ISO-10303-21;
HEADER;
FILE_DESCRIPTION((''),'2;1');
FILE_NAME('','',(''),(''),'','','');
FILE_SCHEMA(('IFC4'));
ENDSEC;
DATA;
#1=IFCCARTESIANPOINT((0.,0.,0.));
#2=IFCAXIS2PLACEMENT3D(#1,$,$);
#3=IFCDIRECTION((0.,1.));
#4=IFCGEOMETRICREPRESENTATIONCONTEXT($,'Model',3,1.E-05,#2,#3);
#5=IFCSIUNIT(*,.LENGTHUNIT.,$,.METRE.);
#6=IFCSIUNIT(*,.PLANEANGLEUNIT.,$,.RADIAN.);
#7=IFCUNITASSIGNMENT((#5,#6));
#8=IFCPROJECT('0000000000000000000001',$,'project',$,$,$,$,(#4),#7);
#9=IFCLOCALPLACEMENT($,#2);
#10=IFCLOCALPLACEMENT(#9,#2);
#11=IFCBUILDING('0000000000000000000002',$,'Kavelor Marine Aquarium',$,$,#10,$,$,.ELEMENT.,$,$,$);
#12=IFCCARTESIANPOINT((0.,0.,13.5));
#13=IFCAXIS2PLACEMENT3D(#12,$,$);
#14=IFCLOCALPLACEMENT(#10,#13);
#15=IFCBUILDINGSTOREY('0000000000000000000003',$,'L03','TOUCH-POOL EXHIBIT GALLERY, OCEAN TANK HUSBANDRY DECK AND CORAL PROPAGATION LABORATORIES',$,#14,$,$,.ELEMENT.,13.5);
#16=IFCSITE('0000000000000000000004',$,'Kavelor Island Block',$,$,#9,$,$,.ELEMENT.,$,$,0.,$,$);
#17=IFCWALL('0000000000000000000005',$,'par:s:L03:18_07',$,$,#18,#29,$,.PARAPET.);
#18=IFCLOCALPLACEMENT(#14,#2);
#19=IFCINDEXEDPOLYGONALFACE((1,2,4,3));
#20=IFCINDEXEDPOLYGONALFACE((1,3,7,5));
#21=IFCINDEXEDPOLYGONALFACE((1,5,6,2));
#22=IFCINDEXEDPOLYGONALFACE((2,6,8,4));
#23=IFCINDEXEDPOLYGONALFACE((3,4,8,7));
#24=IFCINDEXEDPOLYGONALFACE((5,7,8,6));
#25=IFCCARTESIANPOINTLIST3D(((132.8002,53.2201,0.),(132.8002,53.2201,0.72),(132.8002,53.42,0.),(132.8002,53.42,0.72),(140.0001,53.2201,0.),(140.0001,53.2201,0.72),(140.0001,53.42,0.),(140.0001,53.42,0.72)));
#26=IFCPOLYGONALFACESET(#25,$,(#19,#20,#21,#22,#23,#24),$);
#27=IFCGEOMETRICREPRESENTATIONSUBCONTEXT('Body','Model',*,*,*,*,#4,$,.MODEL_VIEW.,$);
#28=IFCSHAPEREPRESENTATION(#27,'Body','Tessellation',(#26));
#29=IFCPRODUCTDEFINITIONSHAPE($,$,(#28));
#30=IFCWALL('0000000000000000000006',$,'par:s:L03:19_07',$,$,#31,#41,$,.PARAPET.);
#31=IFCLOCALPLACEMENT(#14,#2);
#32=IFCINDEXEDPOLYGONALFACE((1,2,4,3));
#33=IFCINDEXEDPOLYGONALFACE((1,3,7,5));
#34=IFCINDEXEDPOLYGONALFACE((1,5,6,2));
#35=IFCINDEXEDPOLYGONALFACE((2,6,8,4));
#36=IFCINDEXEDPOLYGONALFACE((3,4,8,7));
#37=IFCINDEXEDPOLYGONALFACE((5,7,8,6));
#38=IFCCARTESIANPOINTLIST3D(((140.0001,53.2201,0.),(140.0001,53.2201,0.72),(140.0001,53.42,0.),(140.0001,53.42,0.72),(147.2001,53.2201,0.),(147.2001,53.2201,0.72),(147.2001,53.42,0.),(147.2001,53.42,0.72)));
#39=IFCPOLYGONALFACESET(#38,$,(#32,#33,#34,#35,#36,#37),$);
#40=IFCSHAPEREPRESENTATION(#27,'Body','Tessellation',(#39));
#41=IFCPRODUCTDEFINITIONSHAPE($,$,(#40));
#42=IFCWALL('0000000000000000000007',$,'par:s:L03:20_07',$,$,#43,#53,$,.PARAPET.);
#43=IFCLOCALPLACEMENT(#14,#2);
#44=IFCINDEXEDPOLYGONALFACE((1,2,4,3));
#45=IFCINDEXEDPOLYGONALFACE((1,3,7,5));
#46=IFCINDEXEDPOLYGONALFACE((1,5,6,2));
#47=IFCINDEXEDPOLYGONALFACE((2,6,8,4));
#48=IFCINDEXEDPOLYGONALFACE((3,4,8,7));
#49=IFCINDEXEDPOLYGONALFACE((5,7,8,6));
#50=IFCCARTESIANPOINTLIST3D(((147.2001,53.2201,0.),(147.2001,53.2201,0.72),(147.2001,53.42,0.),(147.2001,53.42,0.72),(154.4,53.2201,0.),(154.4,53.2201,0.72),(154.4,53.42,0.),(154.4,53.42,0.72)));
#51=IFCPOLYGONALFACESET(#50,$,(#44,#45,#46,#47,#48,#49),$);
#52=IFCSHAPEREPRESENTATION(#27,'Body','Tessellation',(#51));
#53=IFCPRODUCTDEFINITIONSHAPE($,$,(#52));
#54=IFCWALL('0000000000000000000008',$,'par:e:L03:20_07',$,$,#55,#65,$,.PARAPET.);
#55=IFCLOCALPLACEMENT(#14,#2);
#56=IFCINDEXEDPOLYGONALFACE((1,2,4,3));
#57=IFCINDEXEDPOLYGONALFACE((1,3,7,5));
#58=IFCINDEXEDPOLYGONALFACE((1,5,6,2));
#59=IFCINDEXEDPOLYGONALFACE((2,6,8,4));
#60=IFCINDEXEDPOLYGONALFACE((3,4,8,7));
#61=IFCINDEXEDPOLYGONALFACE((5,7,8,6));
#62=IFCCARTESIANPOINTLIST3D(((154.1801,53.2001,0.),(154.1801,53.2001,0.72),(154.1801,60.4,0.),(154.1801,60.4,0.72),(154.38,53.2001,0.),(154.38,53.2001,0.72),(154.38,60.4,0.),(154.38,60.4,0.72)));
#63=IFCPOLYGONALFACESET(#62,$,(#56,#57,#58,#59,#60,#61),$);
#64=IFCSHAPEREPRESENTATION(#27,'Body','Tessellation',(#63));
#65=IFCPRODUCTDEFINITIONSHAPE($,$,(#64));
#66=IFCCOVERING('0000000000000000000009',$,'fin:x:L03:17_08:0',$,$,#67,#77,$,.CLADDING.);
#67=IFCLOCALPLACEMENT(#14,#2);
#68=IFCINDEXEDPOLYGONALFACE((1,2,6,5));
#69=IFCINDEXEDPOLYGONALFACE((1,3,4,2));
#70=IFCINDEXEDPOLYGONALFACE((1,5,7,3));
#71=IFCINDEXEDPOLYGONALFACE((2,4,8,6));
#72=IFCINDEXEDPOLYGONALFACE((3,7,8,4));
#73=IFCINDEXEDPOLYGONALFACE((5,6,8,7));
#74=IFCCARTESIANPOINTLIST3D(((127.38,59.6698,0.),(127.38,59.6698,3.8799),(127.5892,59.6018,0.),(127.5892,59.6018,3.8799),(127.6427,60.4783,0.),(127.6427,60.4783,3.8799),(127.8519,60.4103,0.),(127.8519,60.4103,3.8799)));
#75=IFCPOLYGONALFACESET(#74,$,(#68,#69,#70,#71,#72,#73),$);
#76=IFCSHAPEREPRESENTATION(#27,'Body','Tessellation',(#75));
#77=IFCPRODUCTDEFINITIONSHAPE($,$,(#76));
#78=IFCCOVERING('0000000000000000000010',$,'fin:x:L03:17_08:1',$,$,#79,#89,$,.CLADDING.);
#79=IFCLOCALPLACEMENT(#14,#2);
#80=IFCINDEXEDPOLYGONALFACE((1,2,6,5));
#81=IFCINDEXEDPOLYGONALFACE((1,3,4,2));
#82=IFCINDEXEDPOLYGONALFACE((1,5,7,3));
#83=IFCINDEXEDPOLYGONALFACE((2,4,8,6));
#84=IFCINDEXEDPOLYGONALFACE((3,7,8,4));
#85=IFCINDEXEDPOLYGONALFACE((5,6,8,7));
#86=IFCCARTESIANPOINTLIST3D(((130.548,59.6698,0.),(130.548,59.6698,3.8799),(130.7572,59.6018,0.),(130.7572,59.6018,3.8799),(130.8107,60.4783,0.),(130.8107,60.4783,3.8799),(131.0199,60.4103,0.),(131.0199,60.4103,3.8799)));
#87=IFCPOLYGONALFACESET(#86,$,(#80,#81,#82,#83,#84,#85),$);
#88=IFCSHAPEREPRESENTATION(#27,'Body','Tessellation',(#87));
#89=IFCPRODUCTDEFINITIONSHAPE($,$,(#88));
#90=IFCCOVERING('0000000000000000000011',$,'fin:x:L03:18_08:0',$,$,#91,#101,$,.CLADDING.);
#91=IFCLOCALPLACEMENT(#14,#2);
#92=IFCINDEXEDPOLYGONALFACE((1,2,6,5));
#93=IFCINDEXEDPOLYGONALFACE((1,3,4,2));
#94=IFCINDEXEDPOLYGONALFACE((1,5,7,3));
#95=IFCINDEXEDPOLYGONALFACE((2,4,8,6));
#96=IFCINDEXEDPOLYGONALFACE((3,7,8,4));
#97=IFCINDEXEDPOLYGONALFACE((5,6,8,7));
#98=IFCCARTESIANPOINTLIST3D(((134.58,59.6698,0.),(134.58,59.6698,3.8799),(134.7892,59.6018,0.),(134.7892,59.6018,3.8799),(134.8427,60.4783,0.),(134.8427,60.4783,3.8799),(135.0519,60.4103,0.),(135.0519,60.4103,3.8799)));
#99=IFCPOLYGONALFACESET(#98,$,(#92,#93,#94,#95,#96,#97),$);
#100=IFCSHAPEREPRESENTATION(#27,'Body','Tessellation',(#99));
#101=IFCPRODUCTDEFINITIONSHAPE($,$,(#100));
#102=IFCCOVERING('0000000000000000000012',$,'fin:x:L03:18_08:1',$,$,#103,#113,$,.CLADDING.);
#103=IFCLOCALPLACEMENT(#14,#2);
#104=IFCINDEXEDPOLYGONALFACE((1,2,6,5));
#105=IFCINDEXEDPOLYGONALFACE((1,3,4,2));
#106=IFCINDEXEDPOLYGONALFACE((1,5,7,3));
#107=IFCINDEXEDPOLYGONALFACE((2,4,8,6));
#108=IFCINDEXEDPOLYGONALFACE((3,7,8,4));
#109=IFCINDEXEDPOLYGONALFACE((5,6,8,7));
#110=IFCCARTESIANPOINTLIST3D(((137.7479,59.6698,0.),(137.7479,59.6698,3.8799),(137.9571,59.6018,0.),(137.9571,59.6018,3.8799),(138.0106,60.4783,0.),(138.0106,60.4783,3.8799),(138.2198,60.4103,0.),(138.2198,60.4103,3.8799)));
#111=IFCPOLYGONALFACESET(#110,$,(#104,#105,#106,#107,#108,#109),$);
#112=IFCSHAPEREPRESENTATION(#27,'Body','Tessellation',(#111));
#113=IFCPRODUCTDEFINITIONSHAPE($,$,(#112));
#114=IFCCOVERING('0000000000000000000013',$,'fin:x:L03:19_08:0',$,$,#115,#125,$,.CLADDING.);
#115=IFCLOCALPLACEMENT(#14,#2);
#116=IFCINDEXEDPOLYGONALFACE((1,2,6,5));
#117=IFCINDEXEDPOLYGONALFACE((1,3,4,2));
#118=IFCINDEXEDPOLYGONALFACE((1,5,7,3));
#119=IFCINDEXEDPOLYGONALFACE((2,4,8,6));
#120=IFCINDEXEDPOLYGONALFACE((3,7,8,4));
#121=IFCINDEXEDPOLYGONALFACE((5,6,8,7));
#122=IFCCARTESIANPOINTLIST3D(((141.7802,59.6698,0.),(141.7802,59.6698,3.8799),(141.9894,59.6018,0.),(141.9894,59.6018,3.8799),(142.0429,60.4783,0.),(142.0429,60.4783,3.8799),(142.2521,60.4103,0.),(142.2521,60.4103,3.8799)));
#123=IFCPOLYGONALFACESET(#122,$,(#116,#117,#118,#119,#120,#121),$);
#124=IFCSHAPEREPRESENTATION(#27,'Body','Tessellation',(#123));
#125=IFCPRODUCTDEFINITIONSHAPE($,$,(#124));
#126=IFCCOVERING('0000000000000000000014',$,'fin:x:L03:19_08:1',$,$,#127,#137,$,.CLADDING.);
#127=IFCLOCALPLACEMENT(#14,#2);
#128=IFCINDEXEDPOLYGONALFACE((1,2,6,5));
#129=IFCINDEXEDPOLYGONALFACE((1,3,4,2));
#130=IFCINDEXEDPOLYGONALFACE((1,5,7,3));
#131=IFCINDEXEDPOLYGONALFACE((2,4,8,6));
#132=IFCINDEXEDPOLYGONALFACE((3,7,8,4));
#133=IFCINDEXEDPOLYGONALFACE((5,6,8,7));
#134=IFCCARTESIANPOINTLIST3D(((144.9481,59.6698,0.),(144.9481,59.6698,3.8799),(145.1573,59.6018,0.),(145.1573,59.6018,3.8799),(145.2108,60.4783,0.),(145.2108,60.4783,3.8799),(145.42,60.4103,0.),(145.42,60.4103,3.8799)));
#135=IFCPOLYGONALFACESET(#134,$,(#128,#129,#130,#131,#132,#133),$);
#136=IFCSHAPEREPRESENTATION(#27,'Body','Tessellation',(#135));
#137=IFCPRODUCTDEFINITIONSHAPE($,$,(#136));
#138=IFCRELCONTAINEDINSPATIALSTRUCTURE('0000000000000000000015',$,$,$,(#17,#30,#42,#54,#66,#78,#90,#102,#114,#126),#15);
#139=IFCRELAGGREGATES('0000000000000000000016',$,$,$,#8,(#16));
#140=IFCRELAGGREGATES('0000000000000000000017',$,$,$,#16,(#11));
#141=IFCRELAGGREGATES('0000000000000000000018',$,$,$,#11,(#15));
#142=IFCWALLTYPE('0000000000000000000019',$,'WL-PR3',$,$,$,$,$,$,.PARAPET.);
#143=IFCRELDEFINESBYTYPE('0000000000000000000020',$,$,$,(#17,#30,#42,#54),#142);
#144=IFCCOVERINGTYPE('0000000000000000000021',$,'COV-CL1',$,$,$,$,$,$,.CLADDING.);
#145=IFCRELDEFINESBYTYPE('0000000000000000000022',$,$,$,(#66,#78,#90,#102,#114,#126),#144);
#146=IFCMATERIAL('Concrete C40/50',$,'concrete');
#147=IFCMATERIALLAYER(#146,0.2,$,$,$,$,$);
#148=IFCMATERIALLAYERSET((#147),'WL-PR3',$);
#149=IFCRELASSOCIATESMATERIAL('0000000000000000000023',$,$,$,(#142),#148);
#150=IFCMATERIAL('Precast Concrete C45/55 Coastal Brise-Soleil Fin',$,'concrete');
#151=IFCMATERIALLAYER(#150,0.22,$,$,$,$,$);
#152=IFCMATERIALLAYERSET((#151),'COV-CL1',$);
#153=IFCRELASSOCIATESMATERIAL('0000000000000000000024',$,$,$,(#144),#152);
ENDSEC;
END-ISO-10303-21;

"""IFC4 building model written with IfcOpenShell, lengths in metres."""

from ifc_helpers import new_model, si_unit, direction, frame, frame_2d, origin, origin_2d, place, context, subcontext, project, spatial, rectangle, extrude, material, layer, layer_set, type_object, element, save


model = new_model("IFC4")

# Units and contexts
model_context = context("Model", 3, precision=1e-05, world=origin(), true_north=direction((0.0, 1.0)))
body_context = subcontext(model_context, "Body", "Model", "MODEL_VIEW")
ifc_project = project(units=[si_unit("LENGTHUNIT", "METRE"), si_unit("PLANEANGLEUNIT", "RADIAN")], contexts=[model_context])

# Site, building, storey
site_placement = place(None, origin())
site = spatial("IfcSite", under=ifc_project, at=site_placement, Name="Kavelor Island Block", CompositionType="ELEMENT", RefElevation=0.0)
building_placement = place(site_placement, origin())
building = spatial("IfcBuilding", under=site, at=building_placement, Name="Kavelor Marine Aquarium", CompositionType="ELEMENT")
storey_placement = place(building_placement, frame((0.0, 0.0, 13.5)))
storey = spatial("IfcBuildingStorey", under=building, at=storey_placement, Name="L03", Description="TOUCH-POOL EXHIBIT GALLERY, OCEAN TANK HUSBANDRY DECK AND CORAL PROPAGATION LABORATORIES", CompositionType="ELEMENT", Elevation=13.5)

# Walls
ifc_material_1 = material(Name="Concrete C40/50", Category="concrete")
ifc_layer_1 = layer(ifc_material_1, 0.2)
ifc_layer_set_1 = layer_set([ifc_layer_1], Name="WL-PR3")
wall_type = type_object("IfcWallType", Name="WL-PR3", PredefinedType="PARAPET", material=ifc_layer_set_1)
for number, where, z_axis, x_axis, name in (
    (1, (132.8, 53.3201, 0.0), (0.0, 0.0, 1.0), (1.0, 0.0, 0.0), "par:s:L03:18_07"),
    (2, (140.0, 53.3201, 0.0), (0.0, 0.0, 1.0), (1.0, 0.0, 0.0), "par:s:L03:19_07"),
    (3, (147.2, 53.3201, 0.0), (0.0, 0.0, 1.0), (1.0, 0.0, 0.0), "par:s:L03:20_07"),
    (4, (154.28, 53.2, 0.0), (0.0, 0.0, 1.0), (0.0, 1.0, 0.0), "par:e:L03:20_07"),
):
    element("IfcWall", number, at=place(storey_placement, frame(where, z_axis=z_axis, x_axis=x_axis)), inside=storey, type_object=wall_type, Name=name, PredefinedType="PARAPET", context=body_context, shape_type="SweptSolid", body=[
        extrude(rectangle(XDim=7.2, YDim=0.2, at=frame_2d((3.6001, 0.0))), origin(), (0.0, 0.0, 1.0), 0.72),
    ])

# Coverings
ifc_material_2 = material(Name="Precast Concrete C45/55 Coastal Brise-Soleil Fin", Category="concrete")
ifc_layer_2 = layer(ifc_material_2, 0.22)
ifc_layer_set_2 = layer_set([ifc_layer_2], Name="COV-CL1")
covering_type = type_object("IfcCoveringType", Name="COV-CL1", PredefinedType="CLADDING", material=ifc_layer_set_2)
for number, where, z_axis, x_axis, name in (
    (5, (127.616, 60.04, 0.0), (0.0, 0.0, 1.0), (0.951057, -0.309017, 0.0), "fin:x:L03:17_08:0"),
    (6, (130.7839, 60.04, 0.0), (0.0, 0.0, 1.0), (0.951057, -0.309017, 0.0), "fin:x:L03:17_08:1"),
    (7, (134.8159, 60.04, 0.0), (0.0, 0.0, 1.0), (0.951057, -0.309017, 0.0), "fin:x:L03:18_08:0"),
    (8, (137.9839, 60.04, 0.0), (0.0, 0.0, 1.0), (0.951057, -0.309017, 0.0), "fin:x:L03:18_08:1"),
    (9, (142.0161, 60.04, 0.0), (0.0, 0.0, 1.0), (0.951057, -0.309017, 0.0), "fin:x:L03:19_08:0"),
    (10, (145.1841, 60.04, 0.0), (0.0, 0.0, 1.0), (0.951057, -0.309017, 0.0), "fin:x:L03:19_08:1"),
):
    element("IfcCovering", number, at=place(storey_placement, frame(where, z_axis=z_axis, x_axis=x_axis)), inside=storey, type_object=covering_type, Name=name, PredefinedType="CLADDING", context=body_context, shape_type="SweptSolid", body=[
        extrude(rectangle(XDim=0.22, YDim=0.8501, at=origin_2d()), origin(), (0.0, 0.0, 1.0), 3.8799),
    ])

save(model, "model.ifc")
